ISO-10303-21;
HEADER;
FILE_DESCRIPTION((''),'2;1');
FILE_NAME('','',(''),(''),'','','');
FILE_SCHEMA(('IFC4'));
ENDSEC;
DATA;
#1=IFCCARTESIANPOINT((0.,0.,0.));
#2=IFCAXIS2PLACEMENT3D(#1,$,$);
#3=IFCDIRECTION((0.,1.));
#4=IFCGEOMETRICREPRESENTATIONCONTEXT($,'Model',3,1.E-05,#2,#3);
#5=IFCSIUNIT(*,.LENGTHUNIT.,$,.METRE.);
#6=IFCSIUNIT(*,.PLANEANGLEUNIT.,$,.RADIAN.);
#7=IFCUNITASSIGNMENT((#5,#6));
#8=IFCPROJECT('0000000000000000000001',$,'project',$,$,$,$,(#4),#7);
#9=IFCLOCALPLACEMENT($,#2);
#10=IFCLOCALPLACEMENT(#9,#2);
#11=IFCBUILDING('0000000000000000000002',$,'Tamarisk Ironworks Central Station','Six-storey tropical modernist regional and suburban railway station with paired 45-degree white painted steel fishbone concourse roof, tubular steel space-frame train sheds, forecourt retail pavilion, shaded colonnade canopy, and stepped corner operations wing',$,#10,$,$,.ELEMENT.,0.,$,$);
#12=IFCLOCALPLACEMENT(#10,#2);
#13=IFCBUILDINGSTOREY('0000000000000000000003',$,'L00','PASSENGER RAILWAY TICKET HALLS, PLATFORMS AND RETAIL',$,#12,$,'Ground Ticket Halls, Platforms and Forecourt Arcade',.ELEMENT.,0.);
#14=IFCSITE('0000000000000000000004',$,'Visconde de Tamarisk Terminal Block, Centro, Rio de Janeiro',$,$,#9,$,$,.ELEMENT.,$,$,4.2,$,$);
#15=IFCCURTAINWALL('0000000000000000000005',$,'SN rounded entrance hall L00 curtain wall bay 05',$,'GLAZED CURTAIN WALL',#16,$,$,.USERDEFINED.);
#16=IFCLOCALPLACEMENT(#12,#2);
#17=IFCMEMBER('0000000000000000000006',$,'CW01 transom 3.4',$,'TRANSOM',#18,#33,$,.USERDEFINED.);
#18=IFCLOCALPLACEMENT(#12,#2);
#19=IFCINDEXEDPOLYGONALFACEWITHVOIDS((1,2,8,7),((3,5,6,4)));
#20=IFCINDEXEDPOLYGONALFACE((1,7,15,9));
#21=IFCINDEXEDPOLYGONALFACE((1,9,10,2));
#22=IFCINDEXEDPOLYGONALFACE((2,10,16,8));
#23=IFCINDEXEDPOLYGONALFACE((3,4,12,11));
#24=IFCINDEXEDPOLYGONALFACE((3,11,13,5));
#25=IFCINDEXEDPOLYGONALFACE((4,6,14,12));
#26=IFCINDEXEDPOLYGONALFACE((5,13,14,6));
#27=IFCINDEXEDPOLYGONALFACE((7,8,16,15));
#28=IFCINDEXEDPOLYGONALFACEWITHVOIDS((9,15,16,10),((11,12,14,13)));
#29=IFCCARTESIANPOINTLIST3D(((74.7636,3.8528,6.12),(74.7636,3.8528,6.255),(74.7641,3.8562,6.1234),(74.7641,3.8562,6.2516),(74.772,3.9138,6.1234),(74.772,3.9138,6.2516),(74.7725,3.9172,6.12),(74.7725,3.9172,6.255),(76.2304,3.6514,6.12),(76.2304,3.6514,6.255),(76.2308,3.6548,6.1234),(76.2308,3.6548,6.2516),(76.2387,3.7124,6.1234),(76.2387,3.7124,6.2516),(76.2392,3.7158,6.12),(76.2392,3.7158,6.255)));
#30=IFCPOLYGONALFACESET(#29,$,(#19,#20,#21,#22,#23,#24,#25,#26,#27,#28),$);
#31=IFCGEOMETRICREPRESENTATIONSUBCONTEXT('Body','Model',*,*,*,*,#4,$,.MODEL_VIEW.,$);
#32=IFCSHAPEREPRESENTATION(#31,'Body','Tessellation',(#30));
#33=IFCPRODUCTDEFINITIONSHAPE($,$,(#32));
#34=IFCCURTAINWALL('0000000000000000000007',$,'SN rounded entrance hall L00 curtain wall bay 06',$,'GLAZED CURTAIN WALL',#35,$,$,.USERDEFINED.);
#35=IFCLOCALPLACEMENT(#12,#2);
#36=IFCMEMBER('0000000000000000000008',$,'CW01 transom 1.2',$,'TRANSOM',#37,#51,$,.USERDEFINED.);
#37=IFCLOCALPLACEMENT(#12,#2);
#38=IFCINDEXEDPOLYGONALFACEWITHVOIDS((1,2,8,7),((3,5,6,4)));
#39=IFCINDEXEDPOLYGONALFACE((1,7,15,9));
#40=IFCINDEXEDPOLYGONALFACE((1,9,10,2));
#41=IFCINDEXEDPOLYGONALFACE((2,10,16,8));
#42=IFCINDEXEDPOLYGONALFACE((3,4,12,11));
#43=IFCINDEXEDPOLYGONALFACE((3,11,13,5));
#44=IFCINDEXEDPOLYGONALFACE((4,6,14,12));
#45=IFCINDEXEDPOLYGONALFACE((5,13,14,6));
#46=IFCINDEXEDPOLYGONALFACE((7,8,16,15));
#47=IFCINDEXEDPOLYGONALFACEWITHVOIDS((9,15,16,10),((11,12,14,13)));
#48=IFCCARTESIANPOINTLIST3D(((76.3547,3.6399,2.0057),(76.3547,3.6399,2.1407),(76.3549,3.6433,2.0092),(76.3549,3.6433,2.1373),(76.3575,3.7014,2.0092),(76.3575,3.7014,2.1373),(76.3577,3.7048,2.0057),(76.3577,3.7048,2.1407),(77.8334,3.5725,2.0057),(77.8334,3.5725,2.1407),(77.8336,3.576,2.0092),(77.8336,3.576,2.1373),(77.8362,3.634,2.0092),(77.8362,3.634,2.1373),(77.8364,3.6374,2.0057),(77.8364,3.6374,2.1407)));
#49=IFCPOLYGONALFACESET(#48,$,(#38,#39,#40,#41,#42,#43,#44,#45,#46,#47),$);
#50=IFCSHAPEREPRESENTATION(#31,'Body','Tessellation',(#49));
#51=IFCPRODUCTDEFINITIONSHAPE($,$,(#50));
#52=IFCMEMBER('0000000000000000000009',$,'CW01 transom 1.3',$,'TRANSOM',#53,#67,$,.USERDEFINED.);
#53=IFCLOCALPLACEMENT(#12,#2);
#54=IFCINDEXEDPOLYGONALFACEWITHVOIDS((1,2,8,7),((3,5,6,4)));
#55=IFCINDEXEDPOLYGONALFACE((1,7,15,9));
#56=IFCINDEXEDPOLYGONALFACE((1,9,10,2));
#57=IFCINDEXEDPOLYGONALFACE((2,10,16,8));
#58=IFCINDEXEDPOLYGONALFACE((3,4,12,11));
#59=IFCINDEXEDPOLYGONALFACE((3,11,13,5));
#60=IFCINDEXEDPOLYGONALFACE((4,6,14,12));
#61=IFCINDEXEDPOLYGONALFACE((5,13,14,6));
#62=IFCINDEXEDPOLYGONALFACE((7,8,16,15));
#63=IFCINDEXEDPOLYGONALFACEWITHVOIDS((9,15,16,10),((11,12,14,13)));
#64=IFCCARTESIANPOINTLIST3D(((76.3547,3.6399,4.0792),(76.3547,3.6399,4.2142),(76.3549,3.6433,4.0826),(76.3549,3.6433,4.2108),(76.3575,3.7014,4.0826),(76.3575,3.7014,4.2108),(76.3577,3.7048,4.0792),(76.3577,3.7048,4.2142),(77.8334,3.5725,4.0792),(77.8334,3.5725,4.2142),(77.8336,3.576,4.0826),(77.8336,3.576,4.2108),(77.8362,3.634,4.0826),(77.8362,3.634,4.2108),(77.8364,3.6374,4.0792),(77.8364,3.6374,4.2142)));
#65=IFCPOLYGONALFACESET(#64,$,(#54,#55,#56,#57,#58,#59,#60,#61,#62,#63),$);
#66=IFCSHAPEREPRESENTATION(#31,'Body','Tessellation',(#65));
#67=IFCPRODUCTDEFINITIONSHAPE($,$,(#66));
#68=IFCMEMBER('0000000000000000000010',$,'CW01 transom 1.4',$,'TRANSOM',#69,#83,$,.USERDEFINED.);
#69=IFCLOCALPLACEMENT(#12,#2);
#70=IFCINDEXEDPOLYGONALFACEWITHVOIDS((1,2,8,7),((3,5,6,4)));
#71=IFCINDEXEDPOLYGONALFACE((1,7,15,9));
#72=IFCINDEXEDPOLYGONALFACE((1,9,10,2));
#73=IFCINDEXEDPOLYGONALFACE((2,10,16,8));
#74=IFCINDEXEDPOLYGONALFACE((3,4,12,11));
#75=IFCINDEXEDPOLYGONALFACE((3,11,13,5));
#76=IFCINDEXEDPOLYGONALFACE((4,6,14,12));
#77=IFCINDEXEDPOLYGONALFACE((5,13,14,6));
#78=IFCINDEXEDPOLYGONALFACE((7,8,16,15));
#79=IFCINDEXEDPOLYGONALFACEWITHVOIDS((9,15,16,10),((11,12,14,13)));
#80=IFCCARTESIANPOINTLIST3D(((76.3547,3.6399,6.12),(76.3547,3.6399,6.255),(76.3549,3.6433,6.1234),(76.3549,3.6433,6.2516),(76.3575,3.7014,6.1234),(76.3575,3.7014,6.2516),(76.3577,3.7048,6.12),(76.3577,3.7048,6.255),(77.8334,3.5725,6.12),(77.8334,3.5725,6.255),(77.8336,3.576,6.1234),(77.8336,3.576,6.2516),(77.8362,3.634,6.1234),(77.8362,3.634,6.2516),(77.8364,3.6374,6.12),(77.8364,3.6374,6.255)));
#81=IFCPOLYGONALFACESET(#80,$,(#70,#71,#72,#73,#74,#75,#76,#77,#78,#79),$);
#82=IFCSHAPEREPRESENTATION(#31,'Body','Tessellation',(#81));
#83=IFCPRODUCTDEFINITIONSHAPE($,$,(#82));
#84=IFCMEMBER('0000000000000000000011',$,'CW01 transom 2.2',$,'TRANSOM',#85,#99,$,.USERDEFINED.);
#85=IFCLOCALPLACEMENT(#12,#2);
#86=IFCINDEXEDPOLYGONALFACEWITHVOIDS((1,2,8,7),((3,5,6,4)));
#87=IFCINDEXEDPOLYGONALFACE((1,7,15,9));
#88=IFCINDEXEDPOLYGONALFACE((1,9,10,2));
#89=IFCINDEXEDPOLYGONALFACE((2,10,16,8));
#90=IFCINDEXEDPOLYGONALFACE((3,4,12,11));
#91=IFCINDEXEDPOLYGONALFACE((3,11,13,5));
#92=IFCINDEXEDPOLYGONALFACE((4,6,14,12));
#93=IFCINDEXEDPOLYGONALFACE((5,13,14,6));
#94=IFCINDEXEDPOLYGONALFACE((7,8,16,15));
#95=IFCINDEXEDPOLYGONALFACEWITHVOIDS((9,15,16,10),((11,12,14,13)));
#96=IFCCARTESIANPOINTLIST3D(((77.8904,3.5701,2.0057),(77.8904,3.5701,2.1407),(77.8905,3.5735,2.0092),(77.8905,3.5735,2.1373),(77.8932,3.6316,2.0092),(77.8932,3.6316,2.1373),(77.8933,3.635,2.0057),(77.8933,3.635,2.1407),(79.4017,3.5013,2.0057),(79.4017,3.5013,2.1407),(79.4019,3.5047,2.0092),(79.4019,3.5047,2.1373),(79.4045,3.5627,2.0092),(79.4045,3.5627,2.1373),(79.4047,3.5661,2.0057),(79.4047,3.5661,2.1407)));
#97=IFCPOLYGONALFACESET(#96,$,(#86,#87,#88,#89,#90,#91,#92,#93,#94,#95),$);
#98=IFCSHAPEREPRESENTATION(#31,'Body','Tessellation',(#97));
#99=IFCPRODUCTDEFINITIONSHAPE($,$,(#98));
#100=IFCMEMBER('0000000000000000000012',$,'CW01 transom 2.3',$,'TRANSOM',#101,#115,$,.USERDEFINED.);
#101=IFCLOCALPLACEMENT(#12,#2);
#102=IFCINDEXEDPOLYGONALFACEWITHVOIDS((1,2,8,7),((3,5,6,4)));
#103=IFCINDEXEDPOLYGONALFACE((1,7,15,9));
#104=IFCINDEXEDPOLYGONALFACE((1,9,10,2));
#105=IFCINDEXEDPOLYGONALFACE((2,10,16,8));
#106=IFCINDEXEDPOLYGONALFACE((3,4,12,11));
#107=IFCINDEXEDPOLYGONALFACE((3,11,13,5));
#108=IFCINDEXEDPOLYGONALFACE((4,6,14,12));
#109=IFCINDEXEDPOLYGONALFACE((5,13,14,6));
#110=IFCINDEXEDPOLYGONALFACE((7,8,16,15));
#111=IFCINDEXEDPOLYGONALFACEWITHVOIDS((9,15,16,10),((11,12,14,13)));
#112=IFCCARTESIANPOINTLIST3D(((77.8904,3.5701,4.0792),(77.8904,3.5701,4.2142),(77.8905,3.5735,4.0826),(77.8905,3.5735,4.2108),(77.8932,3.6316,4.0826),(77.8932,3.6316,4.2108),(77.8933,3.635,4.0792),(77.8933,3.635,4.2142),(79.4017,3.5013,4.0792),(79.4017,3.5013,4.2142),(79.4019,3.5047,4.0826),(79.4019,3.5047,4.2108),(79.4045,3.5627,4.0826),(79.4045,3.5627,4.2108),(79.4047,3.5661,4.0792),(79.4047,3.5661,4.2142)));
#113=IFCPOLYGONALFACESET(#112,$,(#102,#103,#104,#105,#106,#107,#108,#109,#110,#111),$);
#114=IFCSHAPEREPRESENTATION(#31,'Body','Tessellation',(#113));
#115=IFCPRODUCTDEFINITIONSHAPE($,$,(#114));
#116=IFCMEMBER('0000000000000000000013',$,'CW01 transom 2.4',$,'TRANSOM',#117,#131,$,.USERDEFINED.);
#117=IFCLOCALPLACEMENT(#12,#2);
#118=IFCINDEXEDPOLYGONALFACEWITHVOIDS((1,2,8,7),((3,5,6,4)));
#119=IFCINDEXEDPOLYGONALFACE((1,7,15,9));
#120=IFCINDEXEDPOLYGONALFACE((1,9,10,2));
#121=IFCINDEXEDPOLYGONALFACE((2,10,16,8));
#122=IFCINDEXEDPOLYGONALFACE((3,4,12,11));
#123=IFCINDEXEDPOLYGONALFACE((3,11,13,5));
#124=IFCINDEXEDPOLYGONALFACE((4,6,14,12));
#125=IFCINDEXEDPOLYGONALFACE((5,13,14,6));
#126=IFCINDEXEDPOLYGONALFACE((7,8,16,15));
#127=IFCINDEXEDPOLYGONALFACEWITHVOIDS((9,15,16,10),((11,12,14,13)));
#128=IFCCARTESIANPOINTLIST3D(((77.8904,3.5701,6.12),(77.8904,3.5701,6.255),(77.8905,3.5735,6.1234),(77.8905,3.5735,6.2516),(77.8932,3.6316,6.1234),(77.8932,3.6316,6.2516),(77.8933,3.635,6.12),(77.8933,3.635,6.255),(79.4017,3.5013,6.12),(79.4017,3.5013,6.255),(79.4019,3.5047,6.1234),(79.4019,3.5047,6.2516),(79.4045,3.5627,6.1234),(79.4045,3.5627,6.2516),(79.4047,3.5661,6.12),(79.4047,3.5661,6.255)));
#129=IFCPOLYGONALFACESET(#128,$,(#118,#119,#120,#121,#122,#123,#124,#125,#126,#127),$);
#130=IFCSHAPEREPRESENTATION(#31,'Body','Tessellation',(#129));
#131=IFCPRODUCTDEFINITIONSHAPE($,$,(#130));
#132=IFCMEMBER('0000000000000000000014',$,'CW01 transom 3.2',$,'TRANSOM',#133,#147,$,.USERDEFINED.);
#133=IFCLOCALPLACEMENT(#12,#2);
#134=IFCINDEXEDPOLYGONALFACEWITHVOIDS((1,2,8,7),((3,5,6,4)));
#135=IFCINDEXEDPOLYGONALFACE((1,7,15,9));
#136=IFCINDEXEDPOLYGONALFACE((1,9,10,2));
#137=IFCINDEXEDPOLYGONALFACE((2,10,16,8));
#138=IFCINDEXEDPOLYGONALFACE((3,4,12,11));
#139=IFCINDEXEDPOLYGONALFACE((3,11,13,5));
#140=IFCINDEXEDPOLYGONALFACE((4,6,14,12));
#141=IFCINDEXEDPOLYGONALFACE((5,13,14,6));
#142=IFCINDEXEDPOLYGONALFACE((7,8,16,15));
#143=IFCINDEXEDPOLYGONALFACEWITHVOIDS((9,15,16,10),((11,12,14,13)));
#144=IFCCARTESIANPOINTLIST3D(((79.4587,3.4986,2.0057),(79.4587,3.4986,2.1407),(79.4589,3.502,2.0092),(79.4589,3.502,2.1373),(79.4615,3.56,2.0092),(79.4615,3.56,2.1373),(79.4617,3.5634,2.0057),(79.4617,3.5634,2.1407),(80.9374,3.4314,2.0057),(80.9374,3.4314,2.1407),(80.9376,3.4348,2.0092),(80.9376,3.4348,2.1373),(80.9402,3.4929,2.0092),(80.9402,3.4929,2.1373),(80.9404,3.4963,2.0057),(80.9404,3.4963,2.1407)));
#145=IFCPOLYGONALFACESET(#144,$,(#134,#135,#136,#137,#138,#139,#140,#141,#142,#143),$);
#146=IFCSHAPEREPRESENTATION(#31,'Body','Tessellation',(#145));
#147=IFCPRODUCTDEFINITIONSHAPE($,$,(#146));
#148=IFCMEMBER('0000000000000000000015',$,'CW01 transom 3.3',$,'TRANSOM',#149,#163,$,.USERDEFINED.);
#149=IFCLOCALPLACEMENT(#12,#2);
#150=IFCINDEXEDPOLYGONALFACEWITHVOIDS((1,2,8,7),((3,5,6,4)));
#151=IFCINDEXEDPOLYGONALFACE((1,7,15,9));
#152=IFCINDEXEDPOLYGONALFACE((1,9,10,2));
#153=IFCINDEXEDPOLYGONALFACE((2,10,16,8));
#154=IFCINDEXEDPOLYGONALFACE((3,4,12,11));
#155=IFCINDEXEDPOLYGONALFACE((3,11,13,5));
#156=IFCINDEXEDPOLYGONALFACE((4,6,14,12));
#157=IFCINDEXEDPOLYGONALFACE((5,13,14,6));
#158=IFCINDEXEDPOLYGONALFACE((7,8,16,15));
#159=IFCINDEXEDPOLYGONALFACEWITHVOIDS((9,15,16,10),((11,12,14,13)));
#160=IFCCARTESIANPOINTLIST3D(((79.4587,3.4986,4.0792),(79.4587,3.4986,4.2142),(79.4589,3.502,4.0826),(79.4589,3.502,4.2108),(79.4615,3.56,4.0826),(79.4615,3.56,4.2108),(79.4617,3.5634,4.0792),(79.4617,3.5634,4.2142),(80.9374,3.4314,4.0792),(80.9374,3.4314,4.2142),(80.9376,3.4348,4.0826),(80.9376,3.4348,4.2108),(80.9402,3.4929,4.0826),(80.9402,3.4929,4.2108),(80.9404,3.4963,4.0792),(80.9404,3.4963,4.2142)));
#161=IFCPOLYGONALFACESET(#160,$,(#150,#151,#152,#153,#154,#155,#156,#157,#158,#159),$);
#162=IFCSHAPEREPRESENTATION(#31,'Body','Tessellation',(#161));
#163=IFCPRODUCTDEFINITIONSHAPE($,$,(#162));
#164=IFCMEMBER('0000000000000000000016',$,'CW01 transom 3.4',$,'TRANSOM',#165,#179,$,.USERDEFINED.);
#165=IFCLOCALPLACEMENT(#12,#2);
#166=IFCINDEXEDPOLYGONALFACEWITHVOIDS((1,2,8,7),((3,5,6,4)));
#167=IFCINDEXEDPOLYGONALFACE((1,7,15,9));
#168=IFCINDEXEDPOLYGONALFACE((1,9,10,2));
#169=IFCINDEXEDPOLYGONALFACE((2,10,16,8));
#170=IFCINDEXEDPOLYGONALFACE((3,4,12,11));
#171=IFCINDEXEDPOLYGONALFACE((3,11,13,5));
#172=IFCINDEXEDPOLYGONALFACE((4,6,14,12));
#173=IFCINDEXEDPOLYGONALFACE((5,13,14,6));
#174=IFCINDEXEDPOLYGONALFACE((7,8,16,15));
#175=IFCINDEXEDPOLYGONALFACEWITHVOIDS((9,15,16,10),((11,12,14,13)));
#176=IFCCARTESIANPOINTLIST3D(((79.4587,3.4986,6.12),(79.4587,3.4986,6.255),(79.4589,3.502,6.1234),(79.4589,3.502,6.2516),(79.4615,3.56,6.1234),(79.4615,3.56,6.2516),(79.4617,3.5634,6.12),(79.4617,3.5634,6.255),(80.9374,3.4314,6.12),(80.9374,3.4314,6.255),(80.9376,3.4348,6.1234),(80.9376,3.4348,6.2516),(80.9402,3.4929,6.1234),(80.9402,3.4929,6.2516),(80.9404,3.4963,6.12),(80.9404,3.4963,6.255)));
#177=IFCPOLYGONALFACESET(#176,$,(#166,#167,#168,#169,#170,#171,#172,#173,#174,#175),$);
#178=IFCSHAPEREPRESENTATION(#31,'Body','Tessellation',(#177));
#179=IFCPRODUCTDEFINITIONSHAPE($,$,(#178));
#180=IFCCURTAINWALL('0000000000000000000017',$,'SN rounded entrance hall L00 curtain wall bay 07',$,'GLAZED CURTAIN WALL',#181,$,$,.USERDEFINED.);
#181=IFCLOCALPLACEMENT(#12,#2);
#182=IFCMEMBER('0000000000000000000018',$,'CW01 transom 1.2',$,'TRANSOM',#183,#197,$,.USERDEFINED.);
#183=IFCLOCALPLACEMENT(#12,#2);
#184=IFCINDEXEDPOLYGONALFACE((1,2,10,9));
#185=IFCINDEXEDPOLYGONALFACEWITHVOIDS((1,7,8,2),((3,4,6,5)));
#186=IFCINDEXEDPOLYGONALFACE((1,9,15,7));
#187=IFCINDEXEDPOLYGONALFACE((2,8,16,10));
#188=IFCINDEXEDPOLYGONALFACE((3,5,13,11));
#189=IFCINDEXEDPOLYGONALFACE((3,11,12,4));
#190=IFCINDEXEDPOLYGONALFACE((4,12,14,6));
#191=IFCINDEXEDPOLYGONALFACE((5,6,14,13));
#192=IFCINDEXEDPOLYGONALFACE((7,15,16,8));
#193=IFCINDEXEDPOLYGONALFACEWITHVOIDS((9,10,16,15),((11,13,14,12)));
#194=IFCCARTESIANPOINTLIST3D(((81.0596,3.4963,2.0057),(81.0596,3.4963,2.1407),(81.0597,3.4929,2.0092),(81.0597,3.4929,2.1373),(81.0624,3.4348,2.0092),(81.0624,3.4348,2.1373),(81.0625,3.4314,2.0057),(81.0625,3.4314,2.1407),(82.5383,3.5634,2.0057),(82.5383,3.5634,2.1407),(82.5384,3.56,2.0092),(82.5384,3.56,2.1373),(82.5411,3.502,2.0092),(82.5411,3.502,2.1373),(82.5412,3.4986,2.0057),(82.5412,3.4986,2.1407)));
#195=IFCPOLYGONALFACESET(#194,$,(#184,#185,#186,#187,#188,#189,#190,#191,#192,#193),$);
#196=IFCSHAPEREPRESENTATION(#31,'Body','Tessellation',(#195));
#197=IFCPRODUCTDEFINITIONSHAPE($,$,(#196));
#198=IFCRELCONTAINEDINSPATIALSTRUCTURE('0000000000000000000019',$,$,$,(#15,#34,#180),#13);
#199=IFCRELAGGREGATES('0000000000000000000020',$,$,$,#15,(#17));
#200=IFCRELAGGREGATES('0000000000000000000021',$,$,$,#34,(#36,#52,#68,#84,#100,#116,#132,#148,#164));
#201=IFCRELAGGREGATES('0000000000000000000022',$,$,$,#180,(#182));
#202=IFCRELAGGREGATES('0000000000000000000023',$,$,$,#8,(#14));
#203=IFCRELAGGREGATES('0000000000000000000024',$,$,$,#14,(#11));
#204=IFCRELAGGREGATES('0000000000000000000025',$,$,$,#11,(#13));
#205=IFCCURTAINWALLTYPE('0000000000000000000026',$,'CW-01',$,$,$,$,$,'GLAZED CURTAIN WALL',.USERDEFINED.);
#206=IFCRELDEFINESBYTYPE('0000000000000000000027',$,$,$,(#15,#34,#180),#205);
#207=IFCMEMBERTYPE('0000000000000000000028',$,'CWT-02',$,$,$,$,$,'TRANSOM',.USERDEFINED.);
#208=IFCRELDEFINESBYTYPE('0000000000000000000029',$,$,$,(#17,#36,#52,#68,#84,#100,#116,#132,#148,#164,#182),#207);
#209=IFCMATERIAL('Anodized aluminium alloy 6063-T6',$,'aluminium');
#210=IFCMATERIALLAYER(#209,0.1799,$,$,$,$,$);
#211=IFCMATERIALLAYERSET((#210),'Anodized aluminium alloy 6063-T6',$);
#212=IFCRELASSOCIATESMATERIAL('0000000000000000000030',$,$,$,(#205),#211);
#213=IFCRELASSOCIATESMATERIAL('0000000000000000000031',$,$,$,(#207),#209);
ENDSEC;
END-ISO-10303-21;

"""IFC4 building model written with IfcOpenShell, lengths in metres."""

from ifc_helpers import new_model, si_unit, direction, frame, origin, origin_2d, place, context, subcontext, project, spatial, hollow_rectangle, extrude, material, layer, layer_set, material_profile, profile_set, type_object, element, aggregate, save


model = new_model("IFC4")

# Units and contexts
model_context = context("Model", 3, precision=1e-05, world=origin(), true_north=direction((0.0, 1.0)))
body_context = subcontext(model_context, "Body", "Model", "MODEL_VIEW")
ifc_project = project(units=[si_unit("LENGTHUNIT", "METRE"), si_unit("PLANEANGLEUNIT", "RADIAN")], contexts=[model_context])

# Site, building, storey
site_placement = place(None, origin())
site = spatial("IfcSite", under=ifc_project, at=site_placement, Name="Visconde de Tamarisk Terminal Block, Centro, Rio de Janeiro", CompositionType="ELEMENT", RefElevation=4.2)
building_placement = place(site_placement, origin())
building = spatial("IfcBuilding", under=site, at=building_placement, Name="Tamarisk Ironworks Central Station", Description="Six-storey tropical modernist regional and suburban railway station with paired 45-degree white painted steel fishbone concourse roof, tubular steel space-frame train sheds, forecourt retail pavilion, shaded colonnade canopy, and stepped corner operations wing", CompositionType="ELEMENT", ElevationOfRefHeight=0.0)
storey_placement = place(building_placement, origin())
storey = spatial("IfcBuildingStorey", under=building, at=storey_placement, Name="L00", Description="PASSENGER RAILWAY TICKET HALLS, PLATFORMS AND RETAIL", LongName="Ground Ticket Halls, Platforms and Forecourt Arcade", CompositionType="ELEMENT", Elevation=0.0)

# Curtain wall, member
ifc_material_1 = material(Name="Anodized aluminium alloy 6063-T6", Category="aluminium")
ifc_layer_1 = layer(ifc_material_1, 0.1799)
ifc_layer_set_1 = layer_set([ifc_layer_1], Name="Anodized aluminium alloy 6063-T6")
curtain_wall_type = type_object("IfcCurtainWallType", Name="CW-01", ElementType="GLAZED CURTAIN WALL", PredefinedType="USERDEFINED", material=ifc_layer_set_1)
curtain_wall_1_placement = place(storey_placement, origin())
curtain_wall_1 = element("IfcCurtainWall", 1, at=curtain_wall_1_placement, inside=storey, type_object=curtain_wall_type, Name="SN rounded entrance hall L00 curtain wall bay 05", ObjectType="GLAZED CURTAIN WALL", PredefinedType="USERDEFINED")
ifc_material_profile = material_profile(ifc_material_1, hollow_rectangle(XDim=0.0649, YDim=0.135, WallThickness=0.0034, at=origin_2d()), Name="ALUM 135x65")
ifc_profile_set = profile_set([ifc_material_profile], Name="Anodized aluminium alloy 6063-T6")
member_type = type_object("IfcMemberType", Name="CWT-02", ElementType="TRANSOM", PredefinedType="USERDEFINED", material=ifc_profile_set)
member_1_placement = place(storey_placement, frame((74.7681, 3.885, 6.1875), z_axis=(0.990703, -0.13604, 0.0), x_axis=(0.13604, 0.990703, 0.0)))
member_1 = element("IfcMember", 2, at=member_1_placement, type_object=member_type, Name="CW01 transom 3.4", ObjectType="TRANSOM", PredefinedType="USERDEFINED", context=body_context, shape_type="SweptSolid", body=[
    extrude(hollow_rectangle(XDim=0.0649, YDim=0.135, WallThickness=0.0034, at=origin_2d()), origin(), (0.0, 0.0, 1.0), 1.4805),
])

# Curtain walls, members
curtain_wall_2_placement = place(storey_placement, origin())
curtain_wall_2 = element("IfcCurtainWall", 3, at=curtain_wall_2_placement, inside=storey, type_object=curtain_wall_type, Name="SN rounded entrance hall L00 curtain wall bay 06", ObjectType="GLAZED CURTAIN WALL", PredefinedType="USERDEFINED")
member_2_placement = place(storey_placement, frame((76.3562, 3.6724, 2.0732), z_axis=(0.998963, -0.04552, 0.0), x_axis=(0.04552, 0.998963, 0.0)))
member_2 = element("IfcMember", 4, at=member_2_placement, type_object=member_type, Name="CW01 transom 1.2", ObjectType="TRANSOM", PredefinedType="USERDEFINED", context=body_context, shape_type="SweptSolid", body=[
    extrude(hollow_rectangle(XDim=0.0649, YDim=0.135, WallThickness=0.0034, at=origin_2d()), origin(), (0.0, 0.0, 1.0), 1.4802),
])
member_3_placement = place(storey_placement, frame((76.3562, 3.6724, 4.1467), z_axis=(0.998963, -0.04552, 0.0), x_axis=(0.04552, 0.998963, 0.0)))
member_3 = element("IfcMember", 5, at=member_3_placement, type_object=member_type, Name="CW01 transom 1.3", ObjectType="TRANSOM", PredefinedType="USERDEFINED", context=body_context, shape_type="SweptSolid", body=[
    extrude(hollow_rectangle(XDim=0.0649, YDim=0.135, WallThickness=0.0034, at=origin_2d()), origin(), (0.0, 0.0, 1.0), 1.4802),
])
member_4_placement = place(storey_placement, frame((76.3562, 3.6724, 6.1875), z_axis=(0.998963, -0.04552, 0.0), x_axis=(0.04552, 0.998963, 0.0)))
member_4 = element("IfcMember", 6, at=member_4_placement, type_object=member_type, Name="CW01 transom 1.4", ObjectType="TRANSOM", PredefinedType="USERDEFINED", context=body_context, shape_type="SweptSolid", body=[
    extrude(hollow_rectangle(XDim=0.0649, YDim=0.135, WallThickness=0.0034, at=origin_2d()), origin(), (0.0, 0.0, 1.0), 1.4802),
])
member_5_placement = place(storey_placement, frame((77.8918, 3.6025, 2.0732), z_axis=(0.998964, -0.045503, 0.0), x_axis=(0.045503, 0.998964, 0.0)))
member_5 = element("IfcMember", 7, at=member_5_placement, type_object=member_type, Name="CW01 transom 2.2", ObjectType="TRANSOM", PredefinedType="USERDEFINED", context=body_context, shape_type="SweptSolid", body=[
    extrude(hollow_rectangle(XDim=0.0649, YDim=0.135, WallThickness=0.0034, at=origin_2d()), origin(), (0.0, 0.0, 1.0), 1.5129),
])
member_6_placement = place(storey_placement, frame((77.8918, 3.6025, 4.1467), z_axis=(0.998964, -0.045503, 0.0), x_axis=(0.045503, 0.998964, 0.0)))
member_6 = element("IfcMember", 8, at=member_6_placement, type_object=member_type, Name="CW01 transom 2.3", ObjectType="TRANSOM", PredefinedType="USERDEFINED", context=body_context, shape_type="SweptSolid", body=[
    extrude(hollow_rectangle(XDim=0.0649, YDim=0.135, WallThickness=0.0034, at=origin_2d()), origin(), (0.0, 0.0, 1.0), 1.5129),
])
member_7_placement = place(storey_placement, frame((77.8918, 3.6025, 6.1875), z_axis=(0.998964, -0.045503, 0.0), x_axis=(0.045503, 0.998964, 0.0)))
member_7 = element("IfcMember", 9, at=member_7_placement, type_object=member_type, Name="CW01 transom 2.4", ObjectType="TRANSOM", PredefinedType="USERDEFINED", context=body_context, shape_type="SweptSolid", body=[
    extrude(hollow_rectangle(XDim=0.0649, YDim=0.135, WallThickness=0.0034, at=origin_2d()), origin(), (0.0, 0.0, 1.0), 1.5129),
])
member_8_placement = place(storey_placement, frame((79.4602, 3.531, 2.0732), z_axis=(0.998971, -0.045355, 0.0), x_axis=(0.045355, 0.998971, 0.0)))
member_8 = element("IfcMember", 10, at=member_8_placement, type_object=member_type, Name="CW01 transom 3.2", ObjectType="TRANSOM", PredefinedType="USERDEFINED", context=body_context, shape_type="SweptSolid", body=[
    extrude(hollow_rectangle(XDim=0.0649, YDim=0.135, WallThickness=0.0034, at=origin_2d()), origin(), (0.0, 0.0, 1.0), 1.4802),
])
member_9_placement = place(storey_placement, frame((79.4602, 3.531, 4.1467), z_axis=(0.998971, -0.045355, 0.0), x_axis=(0.045355, 0.998971, 0.0)))
member_9 = element("IfcMember", 11, at=member_9_placement, type_object=member_type, Name="CW01 transom 3.3", ObjectType="TRANSOM", PredefinedType="USERDEFINED", context=body_context, shape_type="SweptSolid", body=[
    extrude(hollow_rectangle(XDim=0.0649, YDim=0.135, WallThickness=0.0034, at=origin_2d()), origin(), (0.0, 0.0, 1.0), 1.4802),
])
member_10_placement = place(storey_placement, frame((79.4602, 3.531, 6.1875), z_axis=(0.998971, -0.045355, 0.0), x_axis=(0.045355, 0.998971, 0.0)))
member_10 = element("IfcMember", 12, at=member_10_placement, type_object=member_type, Name="CW01 transom 3.4", ObjectType="TRANSOM", PredefinedType="USERDEFINED", context=body_context, shape_type="SweptSolid", body=[
    extrude(hollow_rectangle(XDim=0.0649, YDim=0.135, WallThickness=0.0034, at=origin_2d()), origin(), (0.0, 0.0, 1.0), 1.4802),
])
curtain_wall_3_placement = place(storey_placement, origin())
curtain_wall_3 = element("IfcCurtainWall", 13, at=curtain_wall_3_placement, inside=storey, type_object=curtain_wall_type, Name="SN rounded entrance hall L00 curtain wall bay 07", ObjectType="GLAZED CURTAIN WALL", PredefinedType="USERDEFINED")
member_11_placement = place(storey_placement, frame((81.061, 3.4639, 2.0732), z_axis=(0.998971, 0.045355, 0.0), x_axis=(-0.045355, 0.998971, 0.0)))
member_11 = element("IfcMember", 14, at=member_11_placement, type_object=member_type, Name="CW01 transom 1.2", ObjectType="TRANSOM", PredefinedType="USERDEFINED", context=body_context, shape_type="SweptSolid", body=[
    extrude(hollow_rectangle(XDim=0.0649, YDim=0.135, WallThickness=0.0034, at=origin_2d()), origin(), (0.0, 0.0, 1.0), 1.4802),
])

aggregate(curtain_wall_1, [member_1])
aggregate(curtain_wall_2, [member_2, member_3, member_4, member_5, member_6, member_7, member_8, member_9, member_10])
aggregate(curtain_wall_3, [member_11])

save(model, "model.ifc")
